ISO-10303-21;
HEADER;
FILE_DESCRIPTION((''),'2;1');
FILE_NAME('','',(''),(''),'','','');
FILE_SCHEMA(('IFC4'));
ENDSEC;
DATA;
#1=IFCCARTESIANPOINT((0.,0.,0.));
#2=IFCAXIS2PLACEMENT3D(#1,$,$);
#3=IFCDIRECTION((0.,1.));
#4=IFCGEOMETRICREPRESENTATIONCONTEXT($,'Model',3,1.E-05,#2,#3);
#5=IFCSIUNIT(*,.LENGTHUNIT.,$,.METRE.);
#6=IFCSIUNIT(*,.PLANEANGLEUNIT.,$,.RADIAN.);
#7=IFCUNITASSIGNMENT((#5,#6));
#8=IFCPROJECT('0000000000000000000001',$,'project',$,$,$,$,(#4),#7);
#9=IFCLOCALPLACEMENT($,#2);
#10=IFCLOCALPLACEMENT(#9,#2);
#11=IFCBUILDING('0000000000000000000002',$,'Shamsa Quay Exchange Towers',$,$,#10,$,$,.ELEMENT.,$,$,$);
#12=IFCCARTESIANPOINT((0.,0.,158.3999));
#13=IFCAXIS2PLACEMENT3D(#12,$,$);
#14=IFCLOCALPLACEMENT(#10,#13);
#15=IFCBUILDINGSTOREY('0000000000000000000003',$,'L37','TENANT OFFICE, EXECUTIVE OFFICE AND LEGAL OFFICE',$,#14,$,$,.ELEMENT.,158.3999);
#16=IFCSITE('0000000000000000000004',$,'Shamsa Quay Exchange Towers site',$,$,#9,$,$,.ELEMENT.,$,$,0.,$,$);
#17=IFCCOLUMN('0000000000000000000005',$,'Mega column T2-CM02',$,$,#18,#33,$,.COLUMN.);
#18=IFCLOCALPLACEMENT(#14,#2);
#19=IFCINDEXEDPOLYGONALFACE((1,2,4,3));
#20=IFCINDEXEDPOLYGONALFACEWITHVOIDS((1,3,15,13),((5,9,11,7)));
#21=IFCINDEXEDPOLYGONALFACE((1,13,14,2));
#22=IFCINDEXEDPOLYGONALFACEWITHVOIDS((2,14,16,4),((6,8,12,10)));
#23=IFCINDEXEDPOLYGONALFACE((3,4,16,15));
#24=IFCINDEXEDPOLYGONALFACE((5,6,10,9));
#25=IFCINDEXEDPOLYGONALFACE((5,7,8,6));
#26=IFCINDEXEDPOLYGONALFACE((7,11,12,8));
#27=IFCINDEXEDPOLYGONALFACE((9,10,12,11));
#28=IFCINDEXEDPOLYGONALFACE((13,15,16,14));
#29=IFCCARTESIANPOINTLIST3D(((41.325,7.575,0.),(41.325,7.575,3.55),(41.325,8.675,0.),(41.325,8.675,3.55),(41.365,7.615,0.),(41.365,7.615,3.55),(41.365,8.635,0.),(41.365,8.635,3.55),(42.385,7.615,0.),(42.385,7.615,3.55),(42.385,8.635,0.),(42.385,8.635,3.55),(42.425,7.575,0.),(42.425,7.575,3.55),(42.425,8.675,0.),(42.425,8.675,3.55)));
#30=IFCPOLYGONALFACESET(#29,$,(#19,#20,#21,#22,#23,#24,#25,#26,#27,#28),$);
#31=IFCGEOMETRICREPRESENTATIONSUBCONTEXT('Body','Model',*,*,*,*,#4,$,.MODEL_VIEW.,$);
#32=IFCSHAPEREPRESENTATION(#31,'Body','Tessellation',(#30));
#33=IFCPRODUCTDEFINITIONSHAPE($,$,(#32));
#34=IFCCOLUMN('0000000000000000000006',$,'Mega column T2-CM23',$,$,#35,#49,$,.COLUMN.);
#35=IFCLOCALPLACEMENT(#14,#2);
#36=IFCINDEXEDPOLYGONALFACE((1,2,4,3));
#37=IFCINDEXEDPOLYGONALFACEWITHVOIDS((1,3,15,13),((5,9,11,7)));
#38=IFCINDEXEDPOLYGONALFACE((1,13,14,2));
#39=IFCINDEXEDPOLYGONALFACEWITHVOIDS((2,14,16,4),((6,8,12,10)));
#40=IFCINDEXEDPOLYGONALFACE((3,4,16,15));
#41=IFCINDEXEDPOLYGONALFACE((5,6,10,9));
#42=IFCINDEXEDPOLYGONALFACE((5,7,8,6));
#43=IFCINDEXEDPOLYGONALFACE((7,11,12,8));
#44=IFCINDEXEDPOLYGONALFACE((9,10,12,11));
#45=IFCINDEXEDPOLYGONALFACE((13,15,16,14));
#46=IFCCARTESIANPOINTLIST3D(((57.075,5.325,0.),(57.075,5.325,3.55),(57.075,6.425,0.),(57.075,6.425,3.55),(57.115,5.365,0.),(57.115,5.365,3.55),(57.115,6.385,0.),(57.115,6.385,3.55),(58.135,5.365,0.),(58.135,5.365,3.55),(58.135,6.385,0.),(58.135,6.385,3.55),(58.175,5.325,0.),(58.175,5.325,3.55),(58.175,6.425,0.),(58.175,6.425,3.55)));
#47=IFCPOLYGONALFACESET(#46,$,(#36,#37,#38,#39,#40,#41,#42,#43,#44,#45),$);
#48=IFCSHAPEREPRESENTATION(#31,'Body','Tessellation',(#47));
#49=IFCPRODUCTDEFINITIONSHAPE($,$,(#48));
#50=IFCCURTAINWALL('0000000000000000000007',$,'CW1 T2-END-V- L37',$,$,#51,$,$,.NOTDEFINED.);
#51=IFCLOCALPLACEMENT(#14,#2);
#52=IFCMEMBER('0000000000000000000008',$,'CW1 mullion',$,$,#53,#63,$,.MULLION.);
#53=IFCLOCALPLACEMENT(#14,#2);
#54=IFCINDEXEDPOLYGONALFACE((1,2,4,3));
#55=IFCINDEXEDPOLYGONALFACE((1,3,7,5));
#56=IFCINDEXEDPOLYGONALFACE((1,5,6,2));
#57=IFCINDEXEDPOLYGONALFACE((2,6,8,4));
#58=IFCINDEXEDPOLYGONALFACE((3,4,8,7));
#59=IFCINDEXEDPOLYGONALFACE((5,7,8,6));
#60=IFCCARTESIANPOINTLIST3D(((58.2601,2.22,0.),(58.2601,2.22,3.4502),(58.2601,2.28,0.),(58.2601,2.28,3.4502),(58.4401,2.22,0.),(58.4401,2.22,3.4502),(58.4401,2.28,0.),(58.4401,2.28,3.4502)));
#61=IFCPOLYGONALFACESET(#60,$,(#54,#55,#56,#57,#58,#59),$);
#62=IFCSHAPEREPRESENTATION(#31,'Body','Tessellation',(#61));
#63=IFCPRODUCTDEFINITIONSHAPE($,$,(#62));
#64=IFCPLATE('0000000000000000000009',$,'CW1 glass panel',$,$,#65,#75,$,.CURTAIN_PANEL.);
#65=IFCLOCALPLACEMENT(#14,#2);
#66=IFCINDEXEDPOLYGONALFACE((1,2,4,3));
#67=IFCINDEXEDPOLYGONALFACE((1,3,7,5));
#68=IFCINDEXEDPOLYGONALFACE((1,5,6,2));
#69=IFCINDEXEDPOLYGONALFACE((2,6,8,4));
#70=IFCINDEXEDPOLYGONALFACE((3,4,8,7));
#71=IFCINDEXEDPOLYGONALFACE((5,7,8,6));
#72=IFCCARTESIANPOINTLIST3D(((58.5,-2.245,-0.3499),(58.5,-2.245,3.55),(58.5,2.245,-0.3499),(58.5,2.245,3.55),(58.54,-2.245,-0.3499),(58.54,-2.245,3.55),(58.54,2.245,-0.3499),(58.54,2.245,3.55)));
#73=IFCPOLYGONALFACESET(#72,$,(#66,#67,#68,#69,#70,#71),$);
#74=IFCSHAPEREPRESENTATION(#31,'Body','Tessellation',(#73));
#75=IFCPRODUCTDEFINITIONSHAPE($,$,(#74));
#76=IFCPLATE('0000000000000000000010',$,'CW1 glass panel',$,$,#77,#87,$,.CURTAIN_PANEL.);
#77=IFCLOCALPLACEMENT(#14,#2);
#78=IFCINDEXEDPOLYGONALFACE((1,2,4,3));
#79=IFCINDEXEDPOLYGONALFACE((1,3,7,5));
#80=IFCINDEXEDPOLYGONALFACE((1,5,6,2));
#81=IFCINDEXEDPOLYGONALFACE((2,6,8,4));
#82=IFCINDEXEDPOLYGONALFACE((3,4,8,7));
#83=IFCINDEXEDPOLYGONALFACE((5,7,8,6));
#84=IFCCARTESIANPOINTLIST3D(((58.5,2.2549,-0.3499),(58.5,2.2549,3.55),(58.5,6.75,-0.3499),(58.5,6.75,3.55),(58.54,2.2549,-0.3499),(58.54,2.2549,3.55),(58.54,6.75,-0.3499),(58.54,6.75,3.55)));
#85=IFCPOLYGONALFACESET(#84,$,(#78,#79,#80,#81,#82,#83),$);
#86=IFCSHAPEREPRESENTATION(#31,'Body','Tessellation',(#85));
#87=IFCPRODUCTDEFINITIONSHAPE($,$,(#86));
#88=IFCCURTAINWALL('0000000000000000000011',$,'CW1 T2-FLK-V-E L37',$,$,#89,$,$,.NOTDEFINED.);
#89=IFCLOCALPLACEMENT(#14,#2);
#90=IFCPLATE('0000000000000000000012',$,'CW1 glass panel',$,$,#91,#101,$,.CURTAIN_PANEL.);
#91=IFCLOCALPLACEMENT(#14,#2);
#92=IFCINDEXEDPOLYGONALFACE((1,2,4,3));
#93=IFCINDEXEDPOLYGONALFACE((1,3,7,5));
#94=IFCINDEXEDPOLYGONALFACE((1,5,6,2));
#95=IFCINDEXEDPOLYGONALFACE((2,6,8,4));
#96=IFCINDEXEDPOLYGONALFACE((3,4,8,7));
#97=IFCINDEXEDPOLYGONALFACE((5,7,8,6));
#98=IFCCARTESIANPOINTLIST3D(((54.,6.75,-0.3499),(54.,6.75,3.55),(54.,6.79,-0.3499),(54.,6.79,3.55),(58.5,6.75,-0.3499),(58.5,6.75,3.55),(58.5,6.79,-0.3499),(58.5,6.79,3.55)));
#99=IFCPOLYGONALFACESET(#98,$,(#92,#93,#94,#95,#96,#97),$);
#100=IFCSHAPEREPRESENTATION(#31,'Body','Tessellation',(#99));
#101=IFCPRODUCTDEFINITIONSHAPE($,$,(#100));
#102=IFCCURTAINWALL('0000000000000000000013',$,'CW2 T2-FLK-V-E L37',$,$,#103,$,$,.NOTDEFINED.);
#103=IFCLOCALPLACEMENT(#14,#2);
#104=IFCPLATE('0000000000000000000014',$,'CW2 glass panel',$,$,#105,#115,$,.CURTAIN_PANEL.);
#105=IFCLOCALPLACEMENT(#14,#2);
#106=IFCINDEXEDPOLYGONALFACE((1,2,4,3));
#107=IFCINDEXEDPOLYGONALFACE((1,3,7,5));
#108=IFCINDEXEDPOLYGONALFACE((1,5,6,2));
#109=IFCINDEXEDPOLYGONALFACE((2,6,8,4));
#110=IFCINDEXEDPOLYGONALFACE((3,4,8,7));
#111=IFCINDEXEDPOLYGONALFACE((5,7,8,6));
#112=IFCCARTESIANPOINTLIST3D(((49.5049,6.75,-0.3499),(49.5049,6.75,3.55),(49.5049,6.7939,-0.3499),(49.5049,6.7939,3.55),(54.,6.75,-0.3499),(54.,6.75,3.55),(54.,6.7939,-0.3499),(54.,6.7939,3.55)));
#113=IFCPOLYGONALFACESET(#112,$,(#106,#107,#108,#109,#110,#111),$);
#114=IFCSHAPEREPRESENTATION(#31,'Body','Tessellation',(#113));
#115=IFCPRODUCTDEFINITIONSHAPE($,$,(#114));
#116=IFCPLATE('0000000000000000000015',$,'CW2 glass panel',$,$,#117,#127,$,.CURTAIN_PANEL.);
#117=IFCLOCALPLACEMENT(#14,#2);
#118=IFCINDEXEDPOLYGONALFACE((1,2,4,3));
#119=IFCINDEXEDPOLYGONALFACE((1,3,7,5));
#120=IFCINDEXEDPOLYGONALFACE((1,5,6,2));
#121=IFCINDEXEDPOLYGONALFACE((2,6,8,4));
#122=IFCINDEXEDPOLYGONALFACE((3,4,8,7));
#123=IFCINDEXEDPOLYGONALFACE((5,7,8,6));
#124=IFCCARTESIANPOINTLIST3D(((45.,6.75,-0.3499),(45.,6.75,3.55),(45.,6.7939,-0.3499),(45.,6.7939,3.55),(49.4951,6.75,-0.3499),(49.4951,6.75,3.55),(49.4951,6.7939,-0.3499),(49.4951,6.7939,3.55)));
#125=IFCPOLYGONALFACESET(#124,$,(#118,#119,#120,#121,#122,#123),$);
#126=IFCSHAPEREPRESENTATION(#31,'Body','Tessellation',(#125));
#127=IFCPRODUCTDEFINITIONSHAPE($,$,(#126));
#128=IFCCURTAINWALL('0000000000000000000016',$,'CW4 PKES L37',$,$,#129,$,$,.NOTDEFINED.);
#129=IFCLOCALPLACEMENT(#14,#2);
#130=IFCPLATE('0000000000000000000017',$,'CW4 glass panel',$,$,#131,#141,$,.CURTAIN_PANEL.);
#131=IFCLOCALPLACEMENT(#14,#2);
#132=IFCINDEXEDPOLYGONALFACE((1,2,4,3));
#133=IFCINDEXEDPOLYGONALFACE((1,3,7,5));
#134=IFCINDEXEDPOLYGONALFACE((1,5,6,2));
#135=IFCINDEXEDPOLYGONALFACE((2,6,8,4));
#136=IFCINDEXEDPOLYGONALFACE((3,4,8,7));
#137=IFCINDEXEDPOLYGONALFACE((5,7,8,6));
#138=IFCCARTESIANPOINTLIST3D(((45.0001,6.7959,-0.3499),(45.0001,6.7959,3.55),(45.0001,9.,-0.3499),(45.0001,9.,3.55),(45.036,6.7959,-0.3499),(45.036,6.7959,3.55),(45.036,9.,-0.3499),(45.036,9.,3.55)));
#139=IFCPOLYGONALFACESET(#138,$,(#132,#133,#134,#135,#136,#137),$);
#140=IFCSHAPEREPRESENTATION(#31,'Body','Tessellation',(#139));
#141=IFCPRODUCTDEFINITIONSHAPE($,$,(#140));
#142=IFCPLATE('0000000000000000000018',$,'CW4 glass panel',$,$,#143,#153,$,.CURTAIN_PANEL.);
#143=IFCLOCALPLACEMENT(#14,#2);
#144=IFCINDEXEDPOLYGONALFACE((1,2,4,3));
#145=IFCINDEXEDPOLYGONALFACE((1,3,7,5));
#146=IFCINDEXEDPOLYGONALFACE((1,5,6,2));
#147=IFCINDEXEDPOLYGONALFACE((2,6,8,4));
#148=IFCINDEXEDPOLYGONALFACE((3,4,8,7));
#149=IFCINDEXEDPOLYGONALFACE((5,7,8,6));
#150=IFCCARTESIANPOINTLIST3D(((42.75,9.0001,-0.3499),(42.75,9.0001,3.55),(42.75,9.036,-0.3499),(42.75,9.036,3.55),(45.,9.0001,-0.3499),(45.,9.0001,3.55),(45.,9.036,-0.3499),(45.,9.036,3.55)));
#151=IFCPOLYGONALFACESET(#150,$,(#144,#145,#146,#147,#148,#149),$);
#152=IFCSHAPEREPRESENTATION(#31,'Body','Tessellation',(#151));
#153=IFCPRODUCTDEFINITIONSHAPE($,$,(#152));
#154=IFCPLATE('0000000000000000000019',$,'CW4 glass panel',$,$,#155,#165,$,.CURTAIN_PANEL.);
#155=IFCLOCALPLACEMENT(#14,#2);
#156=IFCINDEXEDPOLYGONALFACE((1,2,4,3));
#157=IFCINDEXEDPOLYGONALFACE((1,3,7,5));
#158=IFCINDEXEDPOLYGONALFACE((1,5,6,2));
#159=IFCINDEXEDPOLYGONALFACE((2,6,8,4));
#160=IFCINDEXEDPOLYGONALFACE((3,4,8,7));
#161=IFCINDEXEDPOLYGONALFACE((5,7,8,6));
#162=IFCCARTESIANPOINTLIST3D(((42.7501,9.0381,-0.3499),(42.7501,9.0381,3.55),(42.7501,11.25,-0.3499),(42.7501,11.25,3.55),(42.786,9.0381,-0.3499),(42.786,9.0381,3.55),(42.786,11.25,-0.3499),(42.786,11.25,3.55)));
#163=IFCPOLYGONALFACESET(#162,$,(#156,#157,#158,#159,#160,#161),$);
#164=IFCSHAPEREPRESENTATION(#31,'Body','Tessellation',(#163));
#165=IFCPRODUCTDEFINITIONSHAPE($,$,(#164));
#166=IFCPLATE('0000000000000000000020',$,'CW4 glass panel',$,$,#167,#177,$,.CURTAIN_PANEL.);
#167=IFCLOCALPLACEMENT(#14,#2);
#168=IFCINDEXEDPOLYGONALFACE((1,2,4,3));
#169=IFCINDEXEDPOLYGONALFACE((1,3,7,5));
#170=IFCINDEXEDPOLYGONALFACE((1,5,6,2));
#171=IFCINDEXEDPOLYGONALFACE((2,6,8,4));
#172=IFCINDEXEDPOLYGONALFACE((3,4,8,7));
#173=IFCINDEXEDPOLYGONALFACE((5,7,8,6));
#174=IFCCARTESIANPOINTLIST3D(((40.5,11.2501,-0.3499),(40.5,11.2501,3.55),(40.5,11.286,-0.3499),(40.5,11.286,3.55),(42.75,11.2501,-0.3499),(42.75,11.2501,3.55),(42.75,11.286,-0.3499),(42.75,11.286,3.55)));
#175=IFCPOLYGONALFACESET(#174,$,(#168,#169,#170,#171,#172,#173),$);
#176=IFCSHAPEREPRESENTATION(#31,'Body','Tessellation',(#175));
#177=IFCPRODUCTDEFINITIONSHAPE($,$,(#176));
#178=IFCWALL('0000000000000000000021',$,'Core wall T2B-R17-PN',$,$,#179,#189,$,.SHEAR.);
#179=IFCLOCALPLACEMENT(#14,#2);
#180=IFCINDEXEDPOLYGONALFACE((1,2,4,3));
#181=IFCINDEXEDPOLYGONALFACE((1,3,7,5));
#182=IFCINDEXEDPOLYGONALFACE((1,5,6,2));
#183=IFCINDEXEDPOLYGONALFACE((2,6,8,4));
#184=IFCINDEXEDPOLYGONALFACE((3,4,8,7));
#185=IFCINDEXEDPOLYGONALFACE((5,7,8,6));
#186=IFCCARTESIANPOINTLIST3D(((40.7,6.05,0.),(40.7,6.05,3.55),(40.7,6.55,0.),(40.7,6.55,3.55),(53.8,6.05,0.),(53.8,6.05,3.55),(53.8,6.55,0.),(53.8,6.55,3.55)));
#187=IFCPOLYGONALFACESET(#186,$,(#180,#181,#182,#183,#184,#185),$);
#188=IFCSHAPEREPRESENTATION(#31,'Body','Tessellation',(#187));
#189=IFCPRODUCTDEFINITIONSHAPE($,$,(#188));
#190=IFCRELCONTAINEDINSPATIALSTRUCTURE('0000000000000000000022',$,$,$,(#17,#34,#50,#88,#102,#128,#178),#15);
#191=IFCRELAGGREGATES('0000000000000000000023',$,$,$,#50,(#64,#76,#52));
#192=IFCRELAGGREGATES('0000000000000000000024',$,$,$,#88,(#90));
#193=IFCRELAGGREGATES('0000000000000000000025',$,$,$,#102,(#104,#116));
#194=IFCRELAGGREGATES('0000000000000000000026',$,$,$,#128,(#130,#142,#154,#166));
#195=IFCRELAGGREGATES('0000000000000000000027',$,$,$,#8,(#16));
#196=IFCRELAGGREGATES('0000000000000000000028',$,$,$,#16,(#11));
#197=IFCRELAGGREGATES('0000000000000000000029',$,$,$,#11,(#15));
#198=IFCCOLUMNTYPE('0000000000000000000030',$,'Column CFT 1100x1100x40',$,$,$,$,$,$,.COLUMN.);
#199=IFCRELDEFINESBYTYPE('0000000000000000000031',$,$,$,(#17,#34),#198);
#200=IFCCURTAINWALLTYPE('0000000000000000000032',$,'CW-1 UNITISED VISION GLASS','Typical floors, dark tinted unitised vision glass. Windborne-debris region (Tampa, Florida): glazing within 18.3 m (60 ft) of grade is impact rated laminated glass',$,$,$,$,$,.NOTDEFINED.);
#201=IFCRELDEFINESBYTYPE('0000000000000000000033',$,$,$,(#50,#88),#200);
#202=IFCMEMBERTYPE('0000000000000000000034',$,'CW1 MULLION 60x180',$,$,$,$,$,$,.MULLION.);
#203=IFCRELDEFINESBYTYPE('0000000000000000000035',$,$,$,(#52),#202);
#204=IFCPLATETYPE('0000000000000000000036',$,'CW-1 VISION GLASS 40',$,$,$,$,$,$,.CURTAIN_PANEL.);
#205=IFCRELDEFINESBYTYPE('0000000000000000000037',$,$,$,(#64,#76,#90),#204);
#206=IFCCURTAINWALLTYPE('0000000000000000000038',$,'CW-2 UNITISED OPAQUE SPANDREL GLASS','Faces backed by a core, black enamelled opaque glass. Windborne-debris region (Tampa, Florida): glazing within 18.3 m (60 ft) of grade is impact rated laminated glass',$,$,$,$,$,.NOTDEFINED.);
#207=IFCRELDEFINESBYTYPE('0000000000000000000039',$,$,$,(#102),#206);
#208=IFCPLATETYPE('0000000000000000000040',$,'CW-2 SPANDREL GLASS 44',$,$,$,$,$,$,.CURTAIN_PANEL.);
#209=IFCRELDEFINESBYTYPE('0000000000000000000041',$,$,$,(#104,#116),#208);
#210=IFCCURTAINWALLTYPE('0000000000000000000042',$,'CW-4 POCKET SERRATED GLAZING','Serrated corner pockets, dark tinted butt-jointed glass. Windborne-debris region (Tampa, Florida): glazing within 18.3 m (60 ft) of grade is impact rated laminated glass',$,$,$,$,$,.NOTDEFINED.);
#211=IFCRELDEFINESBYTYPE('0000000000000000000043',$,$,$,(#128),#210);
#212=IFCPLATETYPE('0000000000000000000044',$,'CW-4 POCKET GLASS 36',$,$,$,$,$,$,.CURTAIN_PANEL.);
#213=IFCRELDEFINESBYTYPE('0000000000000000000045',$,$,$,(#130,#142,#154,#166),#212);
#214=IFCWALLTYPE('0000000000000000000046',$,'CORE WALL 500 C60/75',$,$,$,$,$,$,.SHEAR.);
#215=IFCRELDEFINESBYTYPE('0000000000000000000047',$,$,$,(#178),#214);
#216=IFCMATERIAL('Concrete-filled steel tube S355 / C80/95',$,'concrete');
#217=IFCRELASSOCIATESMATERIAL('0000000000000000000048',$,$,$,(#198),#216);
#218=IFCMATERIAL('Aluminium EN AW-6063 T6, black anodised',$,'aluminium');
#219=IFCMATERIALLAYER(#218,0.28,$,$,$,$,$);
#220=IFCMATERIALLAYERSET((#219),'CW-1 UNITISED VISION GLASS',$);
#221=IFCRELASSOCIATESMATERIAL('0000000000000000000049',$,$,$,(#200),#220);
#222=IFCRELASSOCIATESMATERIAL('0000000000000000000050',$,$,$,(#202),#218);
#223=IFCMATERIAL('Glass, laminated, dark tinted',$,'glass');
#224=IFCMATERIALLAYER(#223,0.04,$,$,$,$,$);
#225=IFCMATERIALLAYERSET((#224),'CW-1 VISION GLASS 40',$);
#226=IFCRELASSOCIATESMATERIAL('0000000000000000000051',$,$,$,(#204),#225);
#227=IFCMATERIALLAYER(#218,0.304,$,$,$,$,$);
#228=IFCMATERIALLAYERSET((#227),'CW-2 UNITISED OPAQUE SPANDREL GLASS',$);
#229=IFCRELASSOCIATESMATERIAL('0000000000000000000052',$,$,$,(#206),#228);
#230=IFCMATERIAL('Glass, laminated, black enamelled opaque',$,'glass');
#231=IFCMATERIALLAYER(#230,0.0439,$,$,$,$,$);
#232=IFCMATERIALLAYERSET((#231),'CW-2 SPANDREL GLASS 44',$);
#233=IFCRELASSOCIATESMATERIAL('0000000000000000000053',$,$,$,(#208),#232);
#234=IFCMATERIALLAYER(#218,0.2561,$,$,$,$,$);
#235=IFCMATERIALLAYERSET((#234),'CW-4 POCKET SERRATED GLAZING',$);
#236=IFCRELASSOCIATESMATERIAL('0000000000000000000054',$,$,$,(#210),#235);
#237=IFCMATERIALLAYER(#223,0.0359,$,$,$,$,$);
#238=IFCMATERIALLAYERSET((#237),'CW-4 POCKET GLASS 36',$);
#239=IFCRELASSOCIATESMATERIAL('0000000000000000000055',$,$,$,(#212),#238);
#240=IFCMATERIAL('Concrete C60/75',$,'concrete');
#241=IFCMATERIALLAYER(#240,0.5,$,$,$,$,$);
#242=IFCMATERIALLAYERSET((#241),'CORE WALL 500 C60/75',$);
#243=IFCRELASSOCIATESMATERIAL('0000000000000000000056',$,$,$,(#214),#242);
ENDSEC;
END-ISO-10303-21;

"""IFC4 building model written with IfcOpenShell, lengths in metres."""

from ifc_helpers import new_model, si_unit, direction, frame, frame_2d, origin, origin_2d, place, context, subcontext, project, spatial, rectangle, hollow_rectangle, extrude, material, layer, layer_set, material_profile, profile_set, type_object, element, aggregate, save


model = new_model("IFC4")

# Units and contexts
model_context = context("Model", 3, precision=1e-05, world=origin(), true_north=direction((0.0, 1.0)))
body_context = subcontext(model_context, "Body", "Model", "MODEL_VIEW")
ifc_project = project(units=[si_unit("LENGTHUNIT", "METRE"), si_unit("PLANEANGLEUNIT", "RADIAN")], contexts=[model_context])

# Site, building, storey
site_placement = place(None, origin())
site = spatial("IfcSite", under=ifc_project, at=site_placement, Name="Shamsa Quay Exchange Towers site", CompositionType="ELEMENT", RefElevation=0.0)
building_placement = place(site_placement, origin())
building = spatial("IfcBuilding", under=site, at=building_placement, Name="Shamsa Quay Exchange Towers", CompositionType="ELEMENT")
storey_placement = place(building_placement, frame((0.0, 0.0, 158.3999)))
storey = spatial("IfcBuildingStorey", under=building, at=storey_placement, Name="L37", Description="TENANT OFFICE, EXECUTIVE OFFICE AND LEGAL OFFICE", CompositionType="ELEMENT", Elevation=158.3999)

# Columns
ifc_material_1 = material(Name="Concrete-filled steel tube S355 / C80/95", Category="concrete")
ifc_material_profile_1 = material_profile(ifc_material_1, hollow_rectangle(XDim=1.1001, YDim=1.1001, WallThickness=0.04, at=origin_2d()), Name="CFT 1100x1100x40")
ifc_profile_set_1 = profile_set([ifc_material_profile_1], Name="Concrete-filled steel tube S355 / C80/95")
column_type = type_object("IfcColumnType", Name="Column CFT 1100x1100x40", PredefinedType="COLUMN", material=ifc_profile_set_1)
for number, where, name in (
    (1, (41.875, 8.125, 0.0), "Mega column T2-CM02"),
    (2, (57.625, 5.875, 0.0), "Mega column T2-CM23"),
):
    element("IfcColumn", number, at=place(storey_placement, frame(where)), inside=storey, type_object=column_type, Name=name, PredefinedType="COLUMN", context=body_context, shape_type="SweptSolid", body=[
        extrude(hollow_rectangle(XDim=1.1001, YDim=1.1001, WallThickness=0.04, at=origin_2d()), origin(), (0.0, 0.0, 1.0), 3.55),
    ])

# Curtain wall, member, plates
ifc_material_2 = material(Name="Aluminium EN AW-6063 T6, black anodised", Category="aluminium")
ifc_layer_1 = layer(ifc_material_2, 0.28)
ifc_layer_set_1 = layer_set([ifc_layer_1], Name="CW-1 UNITISED VISION GLASS")
curtain_wall_type_1 = type_object("IfcCurtainWallType", Name="CW-1 UNITISED VISION GLASS", Description="Typical floors, dark tinted unitised vision glass. Windborne-debris region (Tampa, Florida): glazing within 18.3 m (60 ft) of grade is impact rated laminated glass", PredefinedType="NOTDEFINED", material=ifc_layer_set_1)
curtain_wall_1_placement = place(storey_placement, origin())
curtain_wall_1 = element("IfcCurtainWall", 3, at=curtain_wall_1_placement, inside=storey, type_object=curtain_wall_type_1, Name="CW1 T2-END-V- L37", PredefinedType="NOTDEFINED")
ifc_material_profile_2 = material_profile(ifc_material_2, rectangle(XDim=0.1799, YDim=0.0601, at=origin_2d()), Name="MU60x180")
ifc_profile_set_2 = profile_set([ifc_material_profile_2], Name="Aluminium EN AW-6063 T6, black anodised")
member_type = type_object("IfcMemberType", Name="CW1 MULLION 60x180", PredefinedType="MULLION", material=ifc_profile_set_2)
member_placement = place(storey_placement, frame((58.3501, 2.25, 0.0), z_axis=(0.0, 0.0, 1.0), x_axis=(-1.0, 0.0, 0.0)))
member = element("IfcMember", 4, at=member_placement, type_object=member_type, Name="CW1 mullion", PredefinedType="MULLION", context=body_context, shape_type="SweptSolid", body=[
    extrude(rectangle(XDim=0.1799, YDim=0.0601, at=origin_2d()), origin(), (0.0, 0.0, 1.0), 3.4502),
])
ifc_material_3 = material(Name="Glass, laminated, dark tinted", Category="glass")
ifc_layer_2 = layer(ifc_material_3, 0.04)
ifc_layer_set_2 = layer_set([ifc_layer_2], Name="CW-1 VISION GLASS 40")
plate_type_1 = type_object("IfcPlateType", Name="CW-1 VISION GLASS 40", PredefinedType="CURTAIN_PANEL", material=ifc_layer_set_2)
plate_1_placement = place(storey_placement, frame((58.52, 0.0, -0.3499), z_axis=(0.0, 0.0, 1.0), x_axis=(0.0, 1.0, 0.0)))
plate_1 = element("IfcPlate", 5, at=plate_1_placement, type_object=plate_type_1, Name="CW1 glass panel", PredefinedType="CURTAIN_PANEL", context=body_context, shape_type="SweptSolid", body=[
    extrude(rectangle(XDim=4.49, YDim=0.04, at=origin_2d()), origin(), (0.0, 0.0, 1.0), 3.8999),
])
plate_2_placement = place(storey_placement, frame((58.52, 4.5024, -0.3499), z_axis=(0.0, 0.0, 1.0), x_axis=(0.0, 1.0, 0.0)))
plate_2 = element("IfcPlate", 6, at=plate_2_placement, type_object=plate_type_1, Name="CW1 glass panel", PredefinedType="CURTAIN_PANEL", context=body_context, shape_type="SweptSolid", body=[
    extrude(rectangle(XDim=4.4951, YDim=0.04, at=origin_2d()), origin(), (0.0, 0.0, 1.0), 3.8999),
])
aggregate(curtain_wall_1, [plate_1, plate_2, member])

# Curtain wall, plate
curtain_wall_2_placement = place(storey_placement, origin())
curtain_wall_2 = element("IfcCurtainWall", 7, at=curtain_wall_2_placement, inside=storey, type_object=curtain_wall_type_1, Name="CW1 T2-FLK-V-E L37", PredefinedType="NOTDEFINED")
plate_3_placement = place(storey_placement, frame((56.25, 6.77, -0.3499), z_axis=(0.0, 0.0, 1.0), x_axis=(-1.0, 0.0, 0.0)))
plate_3 = element("IfcPlate", 8, at=plate_3_placement, type_object=plate_type_1, Name="CW1 glass panel", PredefinedType="CURTAIN_PANEL", context=body_context, shape_type="SweptSolid", body=[
    extrude(rectangle(XDim=4.5, YDim=0.04, at=origin_2d()), origin(), (0.0, 0.0, 1.0), 3.8999),
])
aggregate(curtain_wall_2, [plate_3])

# Curtain walls, plates
ifc_layer_3 = layer(ifc_material_2, 0.304)
ifc_layer_set_3 = layer_set([ifc_layer_3], Name="CW-2 UNITISED OPAQUE SPANDREL GLASS")
curtain_wall_type_2 = type_object("IfcCurtainWallType", Name="CW-2 UNITISED OPAQUE SPANDREL GLASS", Description="Faces backed by a core, black enamelled opaque glass. Windborne-debris region (Tampa, Florida): glazing within 18.3 m (60 ft) of grade is impact rated laminated glass", PredefinedType="NOTDEFINED", material=ifc_layer_set_3)
curtain_wall_3_placement = place(storey_placement, origin())
curtain_wall_3 = element("IfcCurtainWall", 9, at=curtain_wall_3_placement, inside=storey, type_object=curtain_wall_type_2, Name="CW2 T2-FLK-V-E L37", PredefinedType="NOTDEFINED")
ifc_material_4 = material(Name="Glass, laminated, black enamelled opaque", Category="glass")
ifc_layer_4 = layer(ifc_material_4, 0.0439)
ifc_layer_set_4 = layer_set([ifc_layer_4], Name="CW-2 SPANDREL GLASS 44")
plate_type_2 = type_object("IfcPlateType", Name="CW-2 SPANDREL GLASS 44", PredefinedType="CURTAIN_PANEL", material=ifc_layer_set_4)
plate_4_placement = place(storey_placement, frame((51.7524, 6.772, -0.3499), z_axis=(0.0, 0.0, 1.0), x_axis=(-1.0, 0.0, 0.0)))
plate_4 = element("IfcPlate", 10, at=plate_4_placement, type_object=plate_type_2, Name="CW2 glass panel", PredefinedType="CURTAIN_PANEL", context=body_context, shape_type="SweptSolid", body=[
    extrude(rectangle(XDim=4.4951, YDim=0.0439, at=origin_2d()), origin(), (0.0, 0.0, 1.0), 3.8999),
])
plate_5_placement = place(storey_placement, frame((47.2476, 6.772, -0.3499), z_axis=(0.0, 0.0, 1.0), x_axis=(-1.0, 0.0, 0.0)))
plate_5 = element("IfcPlate", 11, at=plate_5_placement, type_object=plate_type_2, Name="CW2 glass panel", PredefinedType="CURTAIN_PANEL", context=body_context, shape_type="SweptSolid", body=[
    extrude(rectangle(XDim=4.4951, YDim=0.0439, at=origin_2d()), origin(), (0.0, 0.0, 1.0), 3.8999),
])
aggregate(curtain_wall_3, [plate_4, plate_5])
ifc_layer_5 = layer(ifc_material_2, 0.2561)
ifc_layer_set_5 = layer_set([ifc_layer_5], Name="CW-4 POCKET SERRATED GLAZING")
curtain_wall_type_3 = type_object("IfcCurtainWallType", Name="CW-4 POCKET SERRATED GLAZING", Description="Serrated corner pockets, dark tinted butt-jointed glass. Windborne-debris region (Tampa, Florida): glazing within 18.3 m (60 ft) of grade is impact rated laminated glass", PredefinedType="NOTDEFINED", material=ifc_layer_set_5)
curtain_wall_4_placement = place(storey_placement, origin())
curtain_wall_4 = element("IfcCurtainWall", 12, at=curtain_wall_4_placement, inside=storey, type_object=curtain_wall_type_3, Name="CW4 PKES L37", PredefinedType="NOTDEFINED")
ifc_layer_6 = layer(ifc_material_3, 0.0359)
ifc_layer_set_6 = layer_set([ifc_layer_6], Name="CW-4 POCKET GLASS 36")
plate_type_3 = type_object("IfcPlateType", Name="CW-4 POCKET GLASS 36", PredefinedType="CURTAIN_PANEL", material=ifc_layer_set_6)
plate_6_placement = place(storey_placement, frame((45.0181, 7.8979, -0.3499), z_axis=(0.0, 0.0, 1.0), x_axis=(0.0, 1.0, 0.0)))
plate_6 = element("IfcPlate", 13, at=plate_6_placement, type_object=plate_type_3, Name="CW4 glass panel", PredefinedType="CURTAIN_PANEL", context=body_context, shape_type="SweptSolid", body=[
    extrude(rectangle(XDim=2.2041, YDim=0.0359, at=origin_2d()), origin(), (0.0, 0.0, 1.0), 3.8999),
])
plate_7_placement = place(storey_placement, frame((43.875, 9.0181, -0.3499), z_axis=(0.0, 0.0, 1.0), x_axis=(-1.0, 0.0, 0.0)))
plate_7 = element("IfcPlate", 14, at=plate_7_placement, type_object=plate_type_3, Name="CW4 glass panel", PredefinedType="CURTAIN_PANEL", context=body_context, shape_type="SweptSolid", body=[
    extrude(rectangle(XDim=2.25, YDim=0.0359, at=origin_2d()), origin(), (0.0, 0.0, 1.0), 3.8999),
])
plate_8_placement = place(storey_placement, frame((42.7681, 10.144, -0.3499), z_axis=(0.0, 0.0, 1.0), x_axis=(0.0, 1.0, 0.0)))
plate_8 = element("IfcPlate", 15, at=plate_8_placement, type_object=plate_type_3, Name="CW4 glass panel", PredefinedType="CURTAIN_PANEL", context=body_context, shape_type="SweptSolid", body=[
    extrude(rectangle(XDim=2.2119, YDim=0.0359, at=origin_2d()), origin(), (0.0, 0.0, 1.0), 3.8999),
])
plate_9_placement = place(storey_placement, frame((41.625, 11.2681, -0.3499), z_axis=(0.0, 0.0, 1.0), x_axis=(-1.0, 0.0, 0.0)))
plate_9 = element("IfcPlate", 16, at=plate_9_placement, type_object=plate_type_3, Name="CW4 glass panel", PredefinedType="CURTAIN_PANEL", context=body_context, shape_type="SweptSolid", body=[
    extrude(rectangle(XDim=2.25, YDim=0.0359, at=origin_2d()), origin(), (0.0, 0.0, 1.0), 3.8999),
])
aggregate(curtain_wall_4, [plate_6, plate_7, plate_8, plate_9])

# Wall
ifc_material_5 = material(Name="Concrete C60/75", Category="concrete")
ifc_layer_7 = layer(ifc_material_5, 0.5)
ifc_layer_set_7 = layer_set([ifc_layer_7], Name="CORE WALL 500 C60/75")
wall_type_1 = type_object("IfcWallType", Name="CORE WALL 500 C60/75", PredefinedType="SHEAR", material=ifc_layer_set_7)
wall_1_placement = place(storey_placement, frame((53.8, 6.3, 0.0), z_axis=(0.0, 0.0, 1.0), x_axis=(-1.0, 0.0, 0.0)))
element("IfcWall", 17, at=wall_1_placement, inside=storey, type_object=wall_type_1, Name="Core wall T2B-R17-PN", PredefinedType="SHEAR", context=body_context, shape_type="SweptSolid", body=[
    extrude(rectangle(XDim=13.1001, YDim=0.5, at=frame_2d((6.55, 0.0))), origin(), (0.0, 0.0, 1.0), 3.55),
])

save(model, "model.ifc")
